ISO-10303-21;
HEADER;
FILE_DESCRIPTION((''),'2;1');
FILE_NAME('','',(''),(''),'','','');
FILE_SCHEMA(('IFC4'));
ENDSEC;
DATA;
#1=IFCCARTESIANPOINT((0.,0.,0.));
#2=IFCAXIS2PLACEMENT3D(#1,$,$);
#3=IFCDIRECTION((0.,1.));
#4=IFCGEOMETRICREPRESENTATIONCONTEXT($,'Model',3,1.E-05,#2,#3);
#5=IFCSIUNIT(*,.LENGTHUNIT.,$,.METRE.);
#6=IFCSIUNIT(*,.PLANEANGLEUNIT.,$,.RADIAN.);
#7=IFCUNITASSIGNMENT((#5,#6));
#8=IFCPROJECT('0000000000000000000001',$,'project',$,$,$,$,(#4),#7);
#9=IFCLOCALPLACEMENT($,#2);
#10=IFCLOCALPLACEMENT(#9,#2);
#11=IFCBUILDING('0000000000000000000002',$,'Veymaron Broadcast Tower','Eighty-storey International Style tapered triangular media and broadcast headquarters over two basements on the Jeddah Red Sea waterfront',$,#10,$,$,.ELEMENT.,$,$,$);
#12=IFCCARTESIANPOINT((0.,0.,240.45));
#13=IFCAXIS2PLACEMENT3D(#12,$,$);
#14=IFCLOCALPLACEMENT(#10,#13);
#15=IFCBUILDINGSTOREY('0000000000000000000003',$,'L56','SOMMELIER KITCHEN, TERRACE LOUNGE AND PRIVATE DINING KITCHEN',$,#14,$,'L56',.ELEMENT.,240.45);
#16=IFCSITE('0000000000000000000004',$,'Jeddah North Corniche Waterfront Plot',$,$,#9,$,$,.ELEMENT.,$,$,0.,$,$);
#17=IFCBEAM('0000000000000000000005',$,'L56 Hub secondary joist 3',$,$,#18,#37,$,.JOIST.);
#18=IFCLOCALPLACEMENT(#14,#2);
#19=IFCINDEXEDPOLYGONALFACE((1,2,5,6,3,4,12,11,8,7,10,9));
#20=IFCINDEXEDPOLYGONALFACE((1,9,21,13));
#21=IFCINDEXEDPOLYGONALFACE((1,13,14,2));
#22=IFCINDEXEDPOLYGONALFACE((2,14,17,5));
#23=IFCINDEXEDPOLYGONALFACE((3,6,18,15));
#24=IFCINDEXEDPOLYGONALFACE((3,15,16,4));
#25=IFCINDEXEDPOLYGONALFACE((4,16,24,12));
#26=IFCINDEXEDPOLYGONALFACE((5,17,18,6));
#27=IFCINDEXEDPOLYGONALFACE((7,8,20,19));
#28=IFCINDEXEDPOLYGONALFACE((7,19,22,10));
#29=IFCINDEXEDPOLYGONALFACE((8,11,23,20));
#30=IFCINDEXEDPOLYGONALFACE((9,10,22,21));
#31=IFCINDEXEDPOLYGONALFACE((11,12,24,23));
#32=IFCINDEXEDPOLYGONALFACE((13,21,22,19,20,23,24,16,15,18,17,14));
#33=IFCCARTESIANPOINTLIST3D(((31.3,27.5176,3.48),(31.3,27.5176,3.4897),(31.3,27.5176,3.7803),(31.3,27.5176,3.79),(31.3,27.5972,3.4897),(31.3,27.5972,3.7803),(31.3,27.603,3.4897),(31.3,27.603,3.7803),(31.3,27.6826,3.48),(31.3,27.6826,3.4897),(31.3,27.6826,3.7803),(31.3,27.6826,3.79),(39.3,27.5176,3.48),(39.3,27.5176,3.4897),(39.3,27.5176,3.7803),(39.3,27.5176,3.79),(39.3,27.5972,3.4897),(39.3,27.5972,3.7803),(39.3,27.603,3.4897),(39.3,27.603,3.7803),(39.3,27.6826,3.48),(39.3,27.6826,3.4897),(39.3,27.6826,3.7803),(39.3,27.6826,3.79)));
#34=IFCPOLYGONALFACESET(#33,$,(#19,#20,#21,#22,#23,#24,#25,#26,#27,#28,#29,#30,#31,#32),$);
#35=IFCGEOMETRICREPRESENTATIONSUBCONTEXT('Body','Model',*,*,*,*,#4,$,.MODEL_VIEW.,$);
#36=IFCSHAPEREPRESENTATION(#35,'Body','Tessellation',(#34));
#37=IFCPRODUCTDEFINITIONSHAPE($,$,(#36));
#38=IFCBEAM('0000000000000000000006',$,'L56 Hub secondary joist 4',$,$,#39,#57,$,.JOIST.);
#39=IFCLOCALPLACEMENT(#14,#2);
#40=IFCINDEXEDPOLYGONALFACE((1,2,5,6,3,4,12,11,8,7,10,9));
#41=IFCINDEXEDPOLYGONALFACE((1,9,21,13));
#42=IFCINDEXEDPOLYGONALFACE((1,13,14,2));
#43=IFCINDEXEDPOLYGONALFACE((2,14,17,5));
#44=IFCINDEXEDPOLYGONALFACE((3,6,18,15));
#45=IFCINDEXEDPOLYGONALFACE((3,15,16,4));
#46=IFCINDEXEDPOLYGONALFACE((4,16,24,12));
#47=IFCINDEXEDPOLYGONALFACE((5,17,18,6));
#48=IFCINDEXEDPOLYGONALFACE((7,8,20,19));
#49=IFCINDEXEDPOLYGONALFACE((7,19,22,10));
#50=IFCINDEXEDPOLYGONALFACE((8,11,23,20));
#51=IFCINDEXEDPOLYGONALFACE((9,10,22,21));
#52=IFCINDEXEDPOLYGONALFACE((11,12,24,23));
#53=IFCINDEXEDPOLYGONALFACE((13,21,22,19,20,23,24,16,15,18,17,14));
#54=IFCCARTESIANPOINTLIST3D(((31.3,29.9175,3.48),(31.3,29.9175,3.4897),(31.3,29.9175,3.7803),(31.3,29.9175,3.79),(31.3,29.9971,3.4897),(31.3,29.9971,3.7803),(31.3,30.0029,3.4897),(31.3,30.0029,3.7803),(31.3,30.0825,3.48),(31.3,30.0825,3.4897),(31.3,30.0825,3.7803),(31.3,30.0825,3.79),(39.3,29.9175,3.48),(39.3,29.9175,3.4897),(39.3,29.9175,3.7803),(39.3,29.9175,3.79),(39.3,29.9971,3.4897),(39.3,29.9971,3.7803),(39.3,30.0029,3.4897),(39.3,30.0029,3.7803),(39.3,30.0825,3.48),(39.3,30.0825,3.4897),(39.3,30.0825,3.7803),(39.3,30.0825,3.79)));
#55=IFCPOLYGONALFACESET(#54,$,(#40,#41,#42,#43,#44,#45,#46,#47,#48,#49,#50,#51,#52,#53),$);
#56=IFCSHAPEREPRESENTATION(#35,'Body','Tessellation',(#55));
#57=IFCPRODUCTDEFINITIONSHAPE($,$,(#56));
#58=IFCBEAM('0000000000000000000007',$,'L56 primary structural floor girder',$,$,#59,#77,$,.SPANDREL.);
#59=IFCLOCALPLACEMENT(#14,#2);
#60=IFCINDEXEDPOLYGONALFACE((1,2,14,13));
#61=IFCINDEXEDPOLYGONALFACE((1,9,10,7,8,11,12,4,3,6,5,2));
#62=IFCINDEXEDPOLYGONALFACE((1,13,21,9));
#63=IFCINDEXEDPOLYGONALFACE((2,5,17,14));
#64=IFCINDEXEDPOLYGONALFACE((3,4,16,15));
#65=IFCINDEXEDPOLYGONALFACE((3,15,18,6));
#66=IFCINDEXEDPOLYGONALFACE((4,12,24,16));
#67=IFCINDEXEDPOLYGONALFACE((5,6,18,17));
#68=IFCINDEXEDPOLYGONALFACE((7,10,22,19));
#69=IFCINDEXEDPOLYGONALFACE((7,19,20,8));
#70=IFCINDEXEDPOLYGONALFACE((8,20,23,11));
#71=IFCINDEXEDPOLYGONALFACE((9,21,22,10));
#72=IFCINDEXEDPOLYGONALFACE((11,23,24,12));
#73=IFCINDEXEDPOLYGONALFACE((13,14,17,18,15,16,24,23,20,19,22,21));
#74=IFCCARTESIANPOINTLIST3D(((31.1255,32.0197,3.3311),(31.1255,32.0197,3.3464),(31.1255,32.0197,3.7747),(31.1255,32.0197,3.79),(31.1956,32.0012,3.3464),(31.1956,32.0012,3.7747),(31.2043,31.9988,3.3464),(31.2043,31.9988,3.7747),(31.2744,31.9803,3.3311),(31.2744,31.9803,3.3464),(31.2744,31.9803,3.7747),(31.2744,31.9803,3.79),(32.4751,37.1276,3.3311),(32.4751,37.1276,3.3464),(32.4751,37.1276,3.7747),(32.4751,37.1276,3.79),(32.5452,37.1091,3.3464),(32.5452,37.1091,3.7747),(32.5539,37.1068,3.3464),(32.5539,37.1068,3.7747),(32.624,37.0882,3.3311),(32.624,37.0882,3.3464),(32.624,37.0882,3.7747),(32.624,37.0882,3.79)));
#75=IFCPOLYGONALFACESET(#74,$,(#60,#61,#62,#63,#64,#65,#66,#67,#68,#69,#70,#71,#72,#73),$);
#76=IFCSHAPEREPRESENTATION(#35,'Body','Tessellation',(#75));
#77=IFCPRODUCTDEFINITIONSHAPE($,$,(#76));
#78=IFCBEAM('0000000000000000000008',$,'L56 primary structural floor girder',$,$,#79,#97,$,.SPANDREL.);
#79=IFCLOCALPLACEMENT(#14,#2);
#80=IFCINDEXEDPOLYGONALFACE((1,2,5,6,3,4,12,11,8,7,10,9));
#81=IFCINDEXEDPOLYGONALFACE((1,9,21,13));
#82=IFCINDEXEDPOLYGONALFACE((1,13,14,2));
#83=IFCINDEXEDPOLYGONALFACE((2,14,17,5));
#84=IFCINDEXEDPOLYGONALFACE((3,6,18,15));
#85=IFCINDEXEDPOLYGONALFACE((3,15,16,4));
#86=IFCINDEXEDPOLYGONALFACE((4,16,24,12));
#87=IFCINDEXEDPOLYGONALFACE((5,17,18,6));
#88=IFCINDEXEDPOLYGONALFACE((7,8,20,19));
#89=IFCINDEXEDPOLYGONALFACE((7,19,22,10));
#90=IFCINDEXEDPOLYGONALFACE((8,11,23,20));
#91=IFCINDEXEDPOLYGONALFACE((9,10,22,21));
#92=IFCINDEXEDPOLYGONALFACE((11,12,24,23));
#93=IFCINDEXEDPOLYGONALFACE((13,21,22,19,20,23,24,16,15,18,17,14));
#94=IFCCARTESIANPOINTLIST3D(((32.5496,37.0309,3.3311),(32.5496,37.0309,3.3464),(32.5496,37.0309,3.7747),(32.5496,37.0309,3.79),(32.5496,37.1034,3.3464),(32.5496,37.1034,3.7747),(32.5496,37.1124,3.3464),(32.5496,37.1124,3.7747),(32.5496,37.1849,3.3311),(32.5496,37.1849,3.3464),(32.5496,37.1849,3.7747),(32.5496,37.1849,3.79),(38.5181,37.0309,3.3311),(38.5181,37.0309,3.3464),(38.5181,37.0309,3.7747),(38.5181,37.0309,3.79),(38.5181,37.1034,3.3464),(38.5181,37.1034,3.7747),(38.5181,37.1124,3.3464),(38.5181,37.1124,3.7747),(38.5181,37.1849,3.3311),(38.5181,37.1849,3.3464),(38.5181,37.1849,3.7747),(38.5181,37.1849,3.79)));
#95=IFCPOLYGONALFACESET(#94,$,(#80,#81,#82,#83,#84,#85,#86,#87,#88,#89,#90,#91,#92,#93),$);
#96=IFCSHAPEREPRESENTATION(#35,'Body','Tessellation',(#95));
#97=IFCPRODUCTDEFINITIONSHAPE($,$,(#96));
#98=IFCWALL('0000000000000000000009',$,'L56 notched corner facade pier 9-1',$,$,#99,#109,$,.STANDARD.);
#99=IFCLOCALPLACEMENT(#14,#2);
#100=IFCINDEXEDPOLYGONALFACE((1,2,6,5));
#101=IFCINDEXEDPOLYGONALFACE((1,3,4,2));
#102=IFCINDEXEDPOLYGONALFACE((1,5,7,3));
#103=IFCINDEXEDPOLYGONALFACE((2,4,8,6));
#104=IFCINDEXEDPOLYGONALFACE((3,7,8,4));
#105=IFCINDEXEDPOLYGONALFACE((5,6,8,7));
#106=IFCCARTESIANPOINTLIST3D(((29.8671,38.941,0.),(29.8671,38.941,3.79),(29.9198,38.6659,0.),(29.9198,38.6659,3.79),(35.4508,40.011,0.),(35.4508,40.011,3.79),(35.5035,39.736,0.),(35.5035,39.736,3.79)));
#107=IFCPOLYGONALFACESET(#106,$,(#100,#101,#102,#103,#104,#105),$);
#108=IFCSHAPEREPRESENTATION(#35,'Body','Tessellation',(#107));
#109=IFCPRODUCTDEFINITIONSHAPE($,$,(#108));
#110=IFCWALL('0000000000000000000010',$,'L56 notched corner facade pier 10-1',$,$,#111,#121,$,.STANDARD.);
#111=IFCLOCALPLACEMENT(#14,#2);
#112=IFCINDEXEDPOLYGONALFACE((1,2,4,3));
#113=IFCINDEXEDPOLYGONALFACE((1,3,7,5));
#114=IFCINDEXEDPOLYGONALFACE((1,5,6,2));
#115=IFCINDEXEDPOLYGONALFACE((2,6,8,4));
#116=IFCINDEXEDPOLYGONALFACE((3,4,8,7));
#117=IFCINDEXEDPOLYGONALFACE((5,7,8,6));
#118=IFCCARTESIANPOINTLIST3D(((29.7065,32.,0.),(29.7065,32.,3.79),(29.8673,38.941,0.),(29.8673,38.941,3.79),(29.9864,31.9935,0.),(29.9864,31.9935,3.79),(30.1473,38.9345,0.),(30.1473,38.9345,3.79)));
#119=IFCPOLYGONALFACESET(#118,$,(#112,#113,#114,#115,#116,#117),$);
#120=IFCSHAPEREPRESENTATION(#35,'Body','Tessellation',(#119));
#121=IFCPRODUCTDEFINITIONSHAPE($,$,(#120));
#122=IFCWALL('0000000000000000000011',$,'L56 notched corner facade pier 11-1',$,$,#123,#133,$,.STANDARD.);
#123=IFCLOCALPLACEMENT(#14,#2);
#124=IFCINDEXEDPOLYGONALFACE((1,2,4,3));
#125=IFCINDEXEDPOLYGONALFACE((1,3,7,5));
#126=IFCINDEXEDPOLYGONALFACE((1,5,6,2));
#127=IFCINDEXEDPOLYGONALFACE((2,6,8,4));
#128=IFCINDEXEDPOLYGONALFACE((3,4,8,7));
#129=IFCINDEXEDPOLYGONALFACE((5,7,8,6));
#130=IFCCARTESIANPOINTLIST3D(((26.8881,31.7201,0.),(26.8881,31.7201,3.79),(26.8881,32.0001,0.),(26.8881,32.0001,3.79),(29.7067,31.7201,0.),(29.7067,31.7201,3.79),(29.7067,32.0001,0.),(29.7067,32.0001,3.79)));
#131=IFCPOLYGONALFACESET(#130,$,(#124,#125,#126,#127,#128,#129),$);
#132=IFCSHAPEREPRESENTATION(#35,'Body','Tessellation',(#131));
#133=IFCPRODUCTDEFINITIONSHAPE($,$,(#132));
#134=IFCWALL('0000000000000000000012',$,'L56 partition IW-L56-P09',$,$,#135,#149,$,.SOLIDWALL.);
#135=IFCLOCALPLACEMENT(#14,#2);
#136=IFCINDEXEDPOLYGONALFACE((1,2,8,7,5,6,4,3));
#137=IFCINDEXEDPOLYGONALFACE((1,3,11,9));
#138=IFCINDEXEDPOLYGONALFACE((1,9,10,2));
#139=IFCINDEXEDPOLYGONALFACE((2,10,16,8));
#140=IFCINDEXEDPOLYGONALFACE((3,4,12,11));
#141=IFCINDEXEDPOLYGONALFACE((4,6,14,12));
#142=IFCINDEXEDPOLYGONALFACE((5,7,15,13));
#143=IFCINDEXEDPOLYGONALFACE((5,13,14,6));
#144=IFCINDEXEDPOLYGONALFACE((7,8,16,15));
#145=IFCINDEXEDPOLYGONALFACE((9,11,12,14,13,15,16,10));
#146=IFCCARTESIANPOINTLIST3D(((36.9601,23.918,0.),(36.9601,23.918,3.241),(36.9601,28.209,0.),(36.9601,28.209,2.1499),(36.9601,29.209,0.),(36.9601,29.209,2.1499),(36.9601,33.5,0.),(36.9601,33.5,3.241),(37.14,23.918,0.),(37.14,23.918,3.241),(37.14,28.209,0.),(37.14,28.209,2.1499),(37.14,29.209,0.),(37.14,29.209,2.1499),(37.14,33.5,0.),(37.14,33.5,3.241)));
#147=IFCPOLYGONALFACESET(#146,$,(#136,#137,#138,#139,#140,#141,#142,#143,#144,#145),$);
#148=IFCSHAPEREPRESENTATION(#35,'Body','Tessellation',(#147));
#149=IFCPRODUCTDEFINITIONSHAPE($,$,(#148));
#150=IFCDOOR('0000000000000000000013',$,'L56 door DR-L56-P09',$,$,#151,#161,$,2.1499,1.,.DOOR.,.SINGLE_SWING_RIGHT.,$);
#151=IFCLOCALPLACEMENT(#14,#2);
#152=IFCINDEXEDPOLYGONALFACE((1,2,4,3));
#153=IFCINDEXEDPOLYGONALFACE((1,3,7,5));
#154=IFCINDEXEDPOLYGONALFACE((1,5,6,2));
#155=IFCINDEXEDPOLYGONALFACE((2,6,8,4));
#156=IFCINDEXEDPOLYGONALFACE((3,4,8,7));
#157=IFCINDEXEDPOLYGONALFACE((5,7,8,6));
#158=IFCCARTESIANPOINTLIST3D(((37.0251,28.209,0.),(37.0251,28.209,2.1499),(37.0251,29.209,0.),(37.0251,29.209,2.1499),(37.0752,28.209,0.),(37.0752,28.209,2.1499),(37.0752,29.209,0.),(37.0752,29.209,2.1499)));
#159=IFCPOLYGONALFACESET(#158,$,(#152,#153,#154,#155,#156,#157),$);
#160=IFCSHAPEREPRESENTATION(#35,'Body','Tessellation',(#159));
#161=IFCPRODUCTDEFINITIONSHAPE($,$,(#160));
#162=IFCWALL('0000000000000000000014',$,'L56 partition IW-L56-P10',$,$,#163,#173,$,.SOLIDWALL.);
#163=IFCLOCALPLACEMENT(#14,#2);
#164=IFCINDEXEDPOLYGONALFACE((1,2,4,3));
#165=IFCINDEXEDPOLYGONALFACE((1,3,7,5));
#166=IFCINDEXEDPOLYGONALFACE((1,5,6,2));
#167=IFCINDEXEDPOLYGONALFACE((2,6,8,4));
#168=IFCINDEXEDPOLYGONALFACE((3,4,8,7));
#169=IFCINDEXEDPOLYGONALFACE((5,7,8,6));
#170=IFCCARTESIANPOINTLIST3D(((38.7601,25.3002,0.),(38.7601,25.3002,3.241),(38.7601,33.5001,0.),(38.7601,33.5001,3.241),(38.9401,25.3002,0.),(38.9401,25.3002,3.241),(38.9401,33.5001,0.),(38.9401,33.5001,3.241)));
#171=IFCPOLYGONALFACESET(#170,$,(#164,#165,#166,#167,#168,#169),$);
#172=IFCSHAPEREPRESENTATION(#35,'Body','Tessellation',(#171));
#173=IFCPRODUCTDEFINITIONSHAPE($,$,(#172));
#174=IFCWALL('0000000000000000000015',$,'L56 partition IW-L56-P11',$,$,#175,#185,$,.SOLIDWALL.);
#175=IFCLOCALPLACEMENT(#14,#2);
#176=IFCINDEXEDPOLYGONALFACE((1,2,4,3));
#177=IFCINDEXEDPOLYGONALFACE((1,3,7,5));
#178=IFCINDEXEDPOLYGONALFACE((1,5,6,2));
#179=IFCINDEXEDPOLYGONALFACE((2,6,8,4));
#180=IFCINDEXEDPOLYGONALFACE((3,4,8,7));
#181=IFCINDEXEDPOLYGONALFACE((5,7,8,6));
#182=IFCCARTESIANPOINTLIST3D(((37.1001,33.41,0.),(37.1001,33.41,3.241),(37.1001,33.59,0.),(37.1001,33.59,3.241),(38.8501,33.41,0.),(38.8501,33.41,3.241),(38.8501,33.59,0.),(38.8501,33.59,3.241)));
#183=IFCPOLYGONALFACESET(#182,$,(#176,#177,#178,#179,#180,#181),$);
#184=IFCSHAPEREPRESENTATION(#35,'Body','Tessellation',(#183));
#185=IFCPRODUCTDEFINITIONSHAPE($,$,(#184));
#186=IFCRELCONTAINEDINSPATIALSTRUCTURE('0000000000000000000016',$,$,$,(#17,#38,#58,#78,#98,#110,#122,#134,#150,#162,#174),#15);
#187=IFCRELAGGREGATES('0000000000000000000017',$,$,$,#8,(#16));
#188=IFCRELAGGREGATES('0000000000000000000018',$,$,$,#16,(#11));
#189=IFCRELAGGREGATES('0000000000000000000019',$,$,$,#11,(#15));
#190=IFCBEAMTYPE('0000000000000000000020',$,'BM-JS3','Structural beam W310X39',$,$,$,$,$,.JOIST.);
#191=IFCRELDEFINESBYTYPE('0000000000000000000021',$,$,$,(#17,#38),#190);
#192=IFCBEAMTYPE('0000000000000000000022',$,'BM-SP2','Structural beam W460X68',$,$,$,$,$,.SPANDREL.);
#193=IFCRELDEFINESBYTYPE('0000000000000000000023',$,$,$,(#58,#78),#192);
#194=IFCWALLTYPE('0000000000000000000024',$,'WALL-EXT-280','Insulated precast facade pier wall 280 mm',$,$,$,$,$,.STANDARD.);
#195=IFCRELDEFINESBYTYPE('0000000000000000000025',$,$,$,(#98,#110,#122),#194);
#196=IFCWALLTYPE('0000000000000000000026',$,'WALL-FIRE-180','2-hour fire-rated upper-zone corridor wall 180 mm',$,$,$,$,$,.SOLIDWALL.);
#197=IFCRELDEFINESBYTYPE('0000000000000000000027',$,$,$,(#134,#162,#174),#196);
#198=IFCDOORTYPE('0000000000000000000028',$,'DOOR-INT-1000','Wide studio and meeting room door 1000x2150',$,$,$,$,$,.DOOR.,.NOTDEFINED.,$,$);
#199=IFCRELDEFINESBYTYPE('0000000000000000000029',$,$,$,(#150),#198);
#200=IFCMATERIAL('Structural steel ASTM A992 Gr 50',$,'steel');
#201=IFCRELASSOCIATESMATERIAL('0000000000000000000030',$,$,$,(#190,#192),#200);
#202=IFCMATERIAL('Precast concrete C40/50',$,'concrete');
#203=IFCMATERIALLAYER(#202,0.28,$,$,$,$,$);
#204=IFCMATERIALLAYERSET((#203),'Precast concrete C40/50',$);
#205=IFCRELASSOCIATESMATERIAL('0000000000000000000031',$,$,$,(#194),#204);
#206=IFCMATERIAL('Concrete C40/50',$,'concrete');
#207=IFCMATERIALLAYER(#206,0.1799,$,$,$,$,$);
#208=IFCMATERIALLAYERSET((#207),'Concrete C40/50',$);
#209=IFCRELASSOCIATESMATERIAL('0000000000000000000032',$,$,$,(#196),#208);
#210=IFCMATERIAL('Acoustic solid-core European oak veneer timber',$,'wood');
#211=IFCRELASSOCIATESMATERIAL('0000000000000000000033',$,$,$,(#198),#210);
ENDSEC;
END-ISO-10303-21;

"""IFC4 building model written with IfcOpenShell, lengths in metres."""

from ifc_helpers import new_model, si_unit, direction, frame, frame_2d, origin, origin_2d, place, context, subcontext, project, spatial, rectangle, i_section, extrude, material, layer, layer_set, material_profile, profile_set, type_object, element, fill, save


model = new_model("IFC4")

# Units and contexts
model_context = context("Model", 3, precision=1e-05, world=origin(), true_north=direction((0.0, 1.0)))
body_context = subcontext(model_context, "Body", "Model", "MODEL_VIEW")
ifc_project = project(units=[si_unit("LENGTHUNIT", "METRE"), si_unit("PLANEANGLEUNIT", "RADIAN")], contexts=[model_context])

# Site, building, storey
site_placement = place(None, origin())
site = spatial("IfcSite", under=ifc_project, at=site_placement, Name="Jeddah North Corniche Waterfront Plot", CompositionType="ELEMENT", RefElevation=0.0)
building_placement = place(site_placement, origin())
building = spatial("IfcBuilding", under=site, at=building_placement, Name="Veymaron Broadcast Tower", Description="Eighty-storey International Style tapered triangular media and broadcast headquarters over two basements on the Jeddah Red Sea waterfront", CompositionType="ELEMENT")
storey_placement = place(building_placement, frame((0.0, 0.0, 240.45)))
storey = spatial("IfcBuildingStorey", under=building, at=storey_placement, Name="L56", Description="SOMMELIER KITCHEN, TERRACE LOUNGE AND PRIVATE DINING KITCHEN", LongName="L56", CompositionType="ELEMENT", Elevation=240.45)

# Shared definitions
ifc_material_1 = material(Name="Structural steel ASTM A992 Gr 50", Category="steel")

# Beams
ifc_material_profile_1 = material_profile(ifc_material_1, i_section(OverallWidth=0.165, OverallDepth=0.3101, WebThickness=0.0059, FlangeThickness=0.0098, at=origin_2d()), Name="W310X39")
ifc_profile_set_1 = profile_set([ifc_material_profile_1], Name="Structural steel ASTM A992 Gr 50")
beam_type_1 = type_object("IfcBeamType", Name="BM-JS3", Description="Structural beam W310X39", PredefinedType="JOIST", material=ifc_profile_set_1)
for number, where, z_axis, x_axis, name in (
    (1, (31.3, 27.6001, 3.635), (1.0, 0.0, 0.0), (0.0, 1.0, 0.0), "L56 Hub secondary joist 3"),
    (2, (31.3, 30.0, 3.635), (1.0, 0.0, 0.0), (0.0, 1.0, 0.0), "L56 Hub secondary joist 4"),
):
    element("IfcBeam", number, at=place(storey_placement, frame(where, z_axis=z_axis, x_axis=x_axis)), inside=storey, type_object=beam_type_1, Name=name, PredefinedType="JOIST", context=body_context, shape_type="SweptSolid", body=[
        extrude(i_section(OverallWidth=0.165, OverallDepth=0.3101, WebThickness=0.0059, FlangeThickness=0.0098, at=origin_2d()), origin(), (0.0, 0.0, 1.0), 8.0),
    ])
ifc_material_profile_2 = material_profile(ifc_material_1, i_section(OverallWidth=0.1541, OverallDepth=0.459, WebThickness=0.009, FlangeThickness=0.0154, at=origin_2d()), Name="W460X68")
ifc_profile_set_2 = profile_set([ifc_material_profile_2], Name="Structural steel ASTM A992 Gr 50")
beam_type_2 = type_object("IfcBeamType", Name="BM-SP2", Description="Structural beam W460X68", PredefinedType="SPANDREL", material=ifc_profile_set_2)
beam_1_placement = place(storey_placement, frame((31.2, 32.0, 3.5605), z_axis=(0.255453, 0.966821, 0.0), x_axis=(-0.966821, 0.255453, 0.0)))
element("IfcBeam", 3, at=beam_1_placement, inside=storey, type_object=beam_type_2, Name="L56 primary structural floor girder", PredefinedType="SPANDREL", context=body_context, shape_type="SweptSolid", body=[
    extrude(i_section(OverallWidth=0.1541, OverallDepth=0.459, WebThickness=0.009, FlangeThickness=0.0154, at=origin_2d()), origin(), (0.0, 0.0, 1.0), 5.2832),
])
beam_2_placement = place(storey_placement, frame((32.5496, 37.1079, 3.5605), z_axis=(1.0, 0.0, 0.0), x_axis=(0.0, 1.0, 0.0)))
element("IfcBeam", 4, at=beam_2_placement, inside=storey, type_object=beam_type_2, Name="L56 primary structural floor girder", PredefinedType="SPANDREL", context=body_context, shape_type="SweptSolid", body=[
    extrude(i_section(OverallWidth=0.1541, OverallDepth=0.459, WebThickness=0.009, FlangeThickness=0.0154, at=origin_2d()), origin(), (0.0, 0.0, 1.0), 5.9685),
])

# Walls
ifc_material_2 = material(Name="Precast concrete C40/50", Category="concrete")
ifc_layer_1 = layer(ifc_material_2, 0.28)
ifc_layer_set_1 = layer_set([ifc_layer_1], Name="Precast concrete C40/50")
wall_type_1 = type_object("IfcWallType", Name="WALL-EXT-280", Description="Insulated precast facade pier wall 280 mm", PredefinedType="STANDARD", material=ifc_layer_set_1)
wall_1_placement = place(storey_placement, frame((35.4773, 39.8735, 0.0), z_axis=(0.0, 0.0, 1.0), x_axis=(-0.982128, -0.188215, 0.0)))
element("IfcWall", 5, at=wall_1_placement, inside=storey, type_object=wall_type_1, Name="L56 notched corner facade pier 9-1", PredefinedType="STANDARD", context=body_context, shape_type="SweptSolid", body=[
    extrude(rectangle(XDim=5.6853, YDim=0.28, at=frame_2d((2.8428, 0.0))), origin(), (0.0, 0.0, 1.0), 3.79),
])
wall_2_placement = place(storey_placement, frame((30.0073, 38.9377, 0.0), z_axis=(0.0, 0.0, 1.0), x_axis=(-0.023174, -0.999731, 0.0)))
element("IfcWall", 6, at=wall_2_placement, inside=storey, type_object=wall_type_1, Name="L56 notched corner facade pier 10-1", PredefinedType="STANDARD", context=body_context, shape_type="SweptSolid", body=[
    extrude(rectangle(XDim=6.9429, YDim=0.28, at=frame_2d((3.4714, 0.0))), origin(), (0.0, 0.0, 1.0), 3.79),
])
wall_3_placement = place(storey_placement, frame((29.7065, 31.8601, 0.0), z_axis=(0.0, 0.0, 1.0), x_axis=(-1.0, 0.0, 0.0)))
element("IfcWall", 7, at=wall_3_placement, inside=storey, type_object=wall_type_1, Name="L56 notched corner facade pier 11-1", PredefinedType="STANDARD", context=body_context, shape_type="SweptSolid", body=[
    extrude(rectangle(XDim=2.8186, YDim=0.28, at=frame_2d((1.4092, 0.0))), origin(), (0.0, 0.0, 1.0), 3.79),
])

# Wall, opening, door
ifc_material_3 = material(Name="Concrete C40/50", Category="concrete")
ifc_layer_2 = layer(ifc_material_3, 0.1799)
ifc_layer_set_2 = layer_set([ifc_layer_2], Name="Concrete C40/50")
wall_type_2 = type_object("IfcWallType", Name="WALL-FIRE-180", Description="2-hour fire-rated upper-zone corridor wall 180 mm", PredefinedType="SOLIDWALL", material=ifc_layer_set_2)
wall_4_placement = place(storey_placement, frame((37.05, 23.918, 0.0), z_axis=(0.0, 0.0, 1.0), x_axis=(0.0, 1.0, 0.0)))
wall_4 = element("IfcWall", 8, at=wall_4_placement, inside=storey, type_object=wall_type_2, Name="L56 partition IW-L56-P09", PredefinedType="SOLIDWALL", context=body_context, shape_type="SweptSolid", body=[
    extrude(rectangle(XDim=9.582, YDim=0.1799, at=frame_2d((4.791, 0.0))), origin(), (0.0, 0.0, 1.0), 3.241),
])
opening_placement = place(wall_4_placement, frame((4.291, 0.0, 0.0)))
opening = element("IfcOpeningElement", 9, at=opening_placement, cuts=wall_4, PredefinedType="OPENING", context=body_context, shape_type="SweptSolid", body=[
    extrude(rectangle(XDim=1.0, YDim=2.1499, at=frame_2d((0.5, 1.075))), frame((0.0, 0.1001, 0.0), z_axis=(0.0, -1.0, 0.0), x_axis=(1.0, 0.0, 0.0)), (0.0, 0.0, 1.0), 0.2),
])
ifc_material_4 = material(Name="Acoustic solid-core European oak veneer timber", Category="wood")
door_type = type_object("IfcDoorType", Name="DOOR-INT-1000", Description="Wide studio and meeting room door 1000x2150", OperationType="NOTDEFINED", PredefinedType="DOOR", material=ifc_material_4)
door_placement = place(opening_placement, origin())
door = element("IfcDoor", 10, at=door_placement, inside=storey, type_object=door_type, Name="L56 door DR-L56-P09", OperationType="SINGLE_SWING_RIGHT", OverallHeight=2.1499, OverallWidth=1.0, PredefinedType="DOOR", context=body_context, shape_type="SweptSolid", body=[
    extrude(rectangle(XDim=1.0, YDim=2.1499, at=frame_2d((0.5, 1.075))), frame((0.0, 0.0249, 0.0), z_axis=(0.0, -1.0, 0.0), x_axis=(1.0, 0.0, 0.0)), (0.0, 0.0, 1.0), 0.05),
])
fill(opening, door)

# Walls
wall_5_placement = place(storey_placement, frame((38.8501, 25.3, 0.0), z_axis=(0.0, 0.0, 1.0), x_axis=(0.0, 1.0, 0.0)))
element("IfcWall", 11, at=wall_5_placement, inside=storey, type_object=wall_type_2, Name="L56 partition IW-L56-P10", PredefinedType="SOLIDWALL", context=body_context, shape_type="SweptSolid", body=[
    extrude(rectangle(XDim=8.2, YDim=0.1799, at=frame_2d((4.1001, 0.0))), origin(), (0.0, 0.0, 1.0), 3.241),
])
wall_6_placement = place(storey_placement, frame((37.1001, 33.5, 0.0), z_axis=(0.0, 0.0, 1.0), x_axis=(1.0, 0.0, 0.0)))
element("IfcWall", 12, at=wall_6_placement, inside=storey, type_object=wall_type_2, Name="L56 partition IW-L56-P11", PredefinedType="SOLIDWALL", context=body_context, shape_type="SweptSolid", body=[
    extrude(rectangle(XDim=1.75, YDim=0.1799, at=frame_2d((0.875, 0.0))), origin(), (0.0, 0.0, 1.0), 3.241),
])

save(model, "model.ifc")
